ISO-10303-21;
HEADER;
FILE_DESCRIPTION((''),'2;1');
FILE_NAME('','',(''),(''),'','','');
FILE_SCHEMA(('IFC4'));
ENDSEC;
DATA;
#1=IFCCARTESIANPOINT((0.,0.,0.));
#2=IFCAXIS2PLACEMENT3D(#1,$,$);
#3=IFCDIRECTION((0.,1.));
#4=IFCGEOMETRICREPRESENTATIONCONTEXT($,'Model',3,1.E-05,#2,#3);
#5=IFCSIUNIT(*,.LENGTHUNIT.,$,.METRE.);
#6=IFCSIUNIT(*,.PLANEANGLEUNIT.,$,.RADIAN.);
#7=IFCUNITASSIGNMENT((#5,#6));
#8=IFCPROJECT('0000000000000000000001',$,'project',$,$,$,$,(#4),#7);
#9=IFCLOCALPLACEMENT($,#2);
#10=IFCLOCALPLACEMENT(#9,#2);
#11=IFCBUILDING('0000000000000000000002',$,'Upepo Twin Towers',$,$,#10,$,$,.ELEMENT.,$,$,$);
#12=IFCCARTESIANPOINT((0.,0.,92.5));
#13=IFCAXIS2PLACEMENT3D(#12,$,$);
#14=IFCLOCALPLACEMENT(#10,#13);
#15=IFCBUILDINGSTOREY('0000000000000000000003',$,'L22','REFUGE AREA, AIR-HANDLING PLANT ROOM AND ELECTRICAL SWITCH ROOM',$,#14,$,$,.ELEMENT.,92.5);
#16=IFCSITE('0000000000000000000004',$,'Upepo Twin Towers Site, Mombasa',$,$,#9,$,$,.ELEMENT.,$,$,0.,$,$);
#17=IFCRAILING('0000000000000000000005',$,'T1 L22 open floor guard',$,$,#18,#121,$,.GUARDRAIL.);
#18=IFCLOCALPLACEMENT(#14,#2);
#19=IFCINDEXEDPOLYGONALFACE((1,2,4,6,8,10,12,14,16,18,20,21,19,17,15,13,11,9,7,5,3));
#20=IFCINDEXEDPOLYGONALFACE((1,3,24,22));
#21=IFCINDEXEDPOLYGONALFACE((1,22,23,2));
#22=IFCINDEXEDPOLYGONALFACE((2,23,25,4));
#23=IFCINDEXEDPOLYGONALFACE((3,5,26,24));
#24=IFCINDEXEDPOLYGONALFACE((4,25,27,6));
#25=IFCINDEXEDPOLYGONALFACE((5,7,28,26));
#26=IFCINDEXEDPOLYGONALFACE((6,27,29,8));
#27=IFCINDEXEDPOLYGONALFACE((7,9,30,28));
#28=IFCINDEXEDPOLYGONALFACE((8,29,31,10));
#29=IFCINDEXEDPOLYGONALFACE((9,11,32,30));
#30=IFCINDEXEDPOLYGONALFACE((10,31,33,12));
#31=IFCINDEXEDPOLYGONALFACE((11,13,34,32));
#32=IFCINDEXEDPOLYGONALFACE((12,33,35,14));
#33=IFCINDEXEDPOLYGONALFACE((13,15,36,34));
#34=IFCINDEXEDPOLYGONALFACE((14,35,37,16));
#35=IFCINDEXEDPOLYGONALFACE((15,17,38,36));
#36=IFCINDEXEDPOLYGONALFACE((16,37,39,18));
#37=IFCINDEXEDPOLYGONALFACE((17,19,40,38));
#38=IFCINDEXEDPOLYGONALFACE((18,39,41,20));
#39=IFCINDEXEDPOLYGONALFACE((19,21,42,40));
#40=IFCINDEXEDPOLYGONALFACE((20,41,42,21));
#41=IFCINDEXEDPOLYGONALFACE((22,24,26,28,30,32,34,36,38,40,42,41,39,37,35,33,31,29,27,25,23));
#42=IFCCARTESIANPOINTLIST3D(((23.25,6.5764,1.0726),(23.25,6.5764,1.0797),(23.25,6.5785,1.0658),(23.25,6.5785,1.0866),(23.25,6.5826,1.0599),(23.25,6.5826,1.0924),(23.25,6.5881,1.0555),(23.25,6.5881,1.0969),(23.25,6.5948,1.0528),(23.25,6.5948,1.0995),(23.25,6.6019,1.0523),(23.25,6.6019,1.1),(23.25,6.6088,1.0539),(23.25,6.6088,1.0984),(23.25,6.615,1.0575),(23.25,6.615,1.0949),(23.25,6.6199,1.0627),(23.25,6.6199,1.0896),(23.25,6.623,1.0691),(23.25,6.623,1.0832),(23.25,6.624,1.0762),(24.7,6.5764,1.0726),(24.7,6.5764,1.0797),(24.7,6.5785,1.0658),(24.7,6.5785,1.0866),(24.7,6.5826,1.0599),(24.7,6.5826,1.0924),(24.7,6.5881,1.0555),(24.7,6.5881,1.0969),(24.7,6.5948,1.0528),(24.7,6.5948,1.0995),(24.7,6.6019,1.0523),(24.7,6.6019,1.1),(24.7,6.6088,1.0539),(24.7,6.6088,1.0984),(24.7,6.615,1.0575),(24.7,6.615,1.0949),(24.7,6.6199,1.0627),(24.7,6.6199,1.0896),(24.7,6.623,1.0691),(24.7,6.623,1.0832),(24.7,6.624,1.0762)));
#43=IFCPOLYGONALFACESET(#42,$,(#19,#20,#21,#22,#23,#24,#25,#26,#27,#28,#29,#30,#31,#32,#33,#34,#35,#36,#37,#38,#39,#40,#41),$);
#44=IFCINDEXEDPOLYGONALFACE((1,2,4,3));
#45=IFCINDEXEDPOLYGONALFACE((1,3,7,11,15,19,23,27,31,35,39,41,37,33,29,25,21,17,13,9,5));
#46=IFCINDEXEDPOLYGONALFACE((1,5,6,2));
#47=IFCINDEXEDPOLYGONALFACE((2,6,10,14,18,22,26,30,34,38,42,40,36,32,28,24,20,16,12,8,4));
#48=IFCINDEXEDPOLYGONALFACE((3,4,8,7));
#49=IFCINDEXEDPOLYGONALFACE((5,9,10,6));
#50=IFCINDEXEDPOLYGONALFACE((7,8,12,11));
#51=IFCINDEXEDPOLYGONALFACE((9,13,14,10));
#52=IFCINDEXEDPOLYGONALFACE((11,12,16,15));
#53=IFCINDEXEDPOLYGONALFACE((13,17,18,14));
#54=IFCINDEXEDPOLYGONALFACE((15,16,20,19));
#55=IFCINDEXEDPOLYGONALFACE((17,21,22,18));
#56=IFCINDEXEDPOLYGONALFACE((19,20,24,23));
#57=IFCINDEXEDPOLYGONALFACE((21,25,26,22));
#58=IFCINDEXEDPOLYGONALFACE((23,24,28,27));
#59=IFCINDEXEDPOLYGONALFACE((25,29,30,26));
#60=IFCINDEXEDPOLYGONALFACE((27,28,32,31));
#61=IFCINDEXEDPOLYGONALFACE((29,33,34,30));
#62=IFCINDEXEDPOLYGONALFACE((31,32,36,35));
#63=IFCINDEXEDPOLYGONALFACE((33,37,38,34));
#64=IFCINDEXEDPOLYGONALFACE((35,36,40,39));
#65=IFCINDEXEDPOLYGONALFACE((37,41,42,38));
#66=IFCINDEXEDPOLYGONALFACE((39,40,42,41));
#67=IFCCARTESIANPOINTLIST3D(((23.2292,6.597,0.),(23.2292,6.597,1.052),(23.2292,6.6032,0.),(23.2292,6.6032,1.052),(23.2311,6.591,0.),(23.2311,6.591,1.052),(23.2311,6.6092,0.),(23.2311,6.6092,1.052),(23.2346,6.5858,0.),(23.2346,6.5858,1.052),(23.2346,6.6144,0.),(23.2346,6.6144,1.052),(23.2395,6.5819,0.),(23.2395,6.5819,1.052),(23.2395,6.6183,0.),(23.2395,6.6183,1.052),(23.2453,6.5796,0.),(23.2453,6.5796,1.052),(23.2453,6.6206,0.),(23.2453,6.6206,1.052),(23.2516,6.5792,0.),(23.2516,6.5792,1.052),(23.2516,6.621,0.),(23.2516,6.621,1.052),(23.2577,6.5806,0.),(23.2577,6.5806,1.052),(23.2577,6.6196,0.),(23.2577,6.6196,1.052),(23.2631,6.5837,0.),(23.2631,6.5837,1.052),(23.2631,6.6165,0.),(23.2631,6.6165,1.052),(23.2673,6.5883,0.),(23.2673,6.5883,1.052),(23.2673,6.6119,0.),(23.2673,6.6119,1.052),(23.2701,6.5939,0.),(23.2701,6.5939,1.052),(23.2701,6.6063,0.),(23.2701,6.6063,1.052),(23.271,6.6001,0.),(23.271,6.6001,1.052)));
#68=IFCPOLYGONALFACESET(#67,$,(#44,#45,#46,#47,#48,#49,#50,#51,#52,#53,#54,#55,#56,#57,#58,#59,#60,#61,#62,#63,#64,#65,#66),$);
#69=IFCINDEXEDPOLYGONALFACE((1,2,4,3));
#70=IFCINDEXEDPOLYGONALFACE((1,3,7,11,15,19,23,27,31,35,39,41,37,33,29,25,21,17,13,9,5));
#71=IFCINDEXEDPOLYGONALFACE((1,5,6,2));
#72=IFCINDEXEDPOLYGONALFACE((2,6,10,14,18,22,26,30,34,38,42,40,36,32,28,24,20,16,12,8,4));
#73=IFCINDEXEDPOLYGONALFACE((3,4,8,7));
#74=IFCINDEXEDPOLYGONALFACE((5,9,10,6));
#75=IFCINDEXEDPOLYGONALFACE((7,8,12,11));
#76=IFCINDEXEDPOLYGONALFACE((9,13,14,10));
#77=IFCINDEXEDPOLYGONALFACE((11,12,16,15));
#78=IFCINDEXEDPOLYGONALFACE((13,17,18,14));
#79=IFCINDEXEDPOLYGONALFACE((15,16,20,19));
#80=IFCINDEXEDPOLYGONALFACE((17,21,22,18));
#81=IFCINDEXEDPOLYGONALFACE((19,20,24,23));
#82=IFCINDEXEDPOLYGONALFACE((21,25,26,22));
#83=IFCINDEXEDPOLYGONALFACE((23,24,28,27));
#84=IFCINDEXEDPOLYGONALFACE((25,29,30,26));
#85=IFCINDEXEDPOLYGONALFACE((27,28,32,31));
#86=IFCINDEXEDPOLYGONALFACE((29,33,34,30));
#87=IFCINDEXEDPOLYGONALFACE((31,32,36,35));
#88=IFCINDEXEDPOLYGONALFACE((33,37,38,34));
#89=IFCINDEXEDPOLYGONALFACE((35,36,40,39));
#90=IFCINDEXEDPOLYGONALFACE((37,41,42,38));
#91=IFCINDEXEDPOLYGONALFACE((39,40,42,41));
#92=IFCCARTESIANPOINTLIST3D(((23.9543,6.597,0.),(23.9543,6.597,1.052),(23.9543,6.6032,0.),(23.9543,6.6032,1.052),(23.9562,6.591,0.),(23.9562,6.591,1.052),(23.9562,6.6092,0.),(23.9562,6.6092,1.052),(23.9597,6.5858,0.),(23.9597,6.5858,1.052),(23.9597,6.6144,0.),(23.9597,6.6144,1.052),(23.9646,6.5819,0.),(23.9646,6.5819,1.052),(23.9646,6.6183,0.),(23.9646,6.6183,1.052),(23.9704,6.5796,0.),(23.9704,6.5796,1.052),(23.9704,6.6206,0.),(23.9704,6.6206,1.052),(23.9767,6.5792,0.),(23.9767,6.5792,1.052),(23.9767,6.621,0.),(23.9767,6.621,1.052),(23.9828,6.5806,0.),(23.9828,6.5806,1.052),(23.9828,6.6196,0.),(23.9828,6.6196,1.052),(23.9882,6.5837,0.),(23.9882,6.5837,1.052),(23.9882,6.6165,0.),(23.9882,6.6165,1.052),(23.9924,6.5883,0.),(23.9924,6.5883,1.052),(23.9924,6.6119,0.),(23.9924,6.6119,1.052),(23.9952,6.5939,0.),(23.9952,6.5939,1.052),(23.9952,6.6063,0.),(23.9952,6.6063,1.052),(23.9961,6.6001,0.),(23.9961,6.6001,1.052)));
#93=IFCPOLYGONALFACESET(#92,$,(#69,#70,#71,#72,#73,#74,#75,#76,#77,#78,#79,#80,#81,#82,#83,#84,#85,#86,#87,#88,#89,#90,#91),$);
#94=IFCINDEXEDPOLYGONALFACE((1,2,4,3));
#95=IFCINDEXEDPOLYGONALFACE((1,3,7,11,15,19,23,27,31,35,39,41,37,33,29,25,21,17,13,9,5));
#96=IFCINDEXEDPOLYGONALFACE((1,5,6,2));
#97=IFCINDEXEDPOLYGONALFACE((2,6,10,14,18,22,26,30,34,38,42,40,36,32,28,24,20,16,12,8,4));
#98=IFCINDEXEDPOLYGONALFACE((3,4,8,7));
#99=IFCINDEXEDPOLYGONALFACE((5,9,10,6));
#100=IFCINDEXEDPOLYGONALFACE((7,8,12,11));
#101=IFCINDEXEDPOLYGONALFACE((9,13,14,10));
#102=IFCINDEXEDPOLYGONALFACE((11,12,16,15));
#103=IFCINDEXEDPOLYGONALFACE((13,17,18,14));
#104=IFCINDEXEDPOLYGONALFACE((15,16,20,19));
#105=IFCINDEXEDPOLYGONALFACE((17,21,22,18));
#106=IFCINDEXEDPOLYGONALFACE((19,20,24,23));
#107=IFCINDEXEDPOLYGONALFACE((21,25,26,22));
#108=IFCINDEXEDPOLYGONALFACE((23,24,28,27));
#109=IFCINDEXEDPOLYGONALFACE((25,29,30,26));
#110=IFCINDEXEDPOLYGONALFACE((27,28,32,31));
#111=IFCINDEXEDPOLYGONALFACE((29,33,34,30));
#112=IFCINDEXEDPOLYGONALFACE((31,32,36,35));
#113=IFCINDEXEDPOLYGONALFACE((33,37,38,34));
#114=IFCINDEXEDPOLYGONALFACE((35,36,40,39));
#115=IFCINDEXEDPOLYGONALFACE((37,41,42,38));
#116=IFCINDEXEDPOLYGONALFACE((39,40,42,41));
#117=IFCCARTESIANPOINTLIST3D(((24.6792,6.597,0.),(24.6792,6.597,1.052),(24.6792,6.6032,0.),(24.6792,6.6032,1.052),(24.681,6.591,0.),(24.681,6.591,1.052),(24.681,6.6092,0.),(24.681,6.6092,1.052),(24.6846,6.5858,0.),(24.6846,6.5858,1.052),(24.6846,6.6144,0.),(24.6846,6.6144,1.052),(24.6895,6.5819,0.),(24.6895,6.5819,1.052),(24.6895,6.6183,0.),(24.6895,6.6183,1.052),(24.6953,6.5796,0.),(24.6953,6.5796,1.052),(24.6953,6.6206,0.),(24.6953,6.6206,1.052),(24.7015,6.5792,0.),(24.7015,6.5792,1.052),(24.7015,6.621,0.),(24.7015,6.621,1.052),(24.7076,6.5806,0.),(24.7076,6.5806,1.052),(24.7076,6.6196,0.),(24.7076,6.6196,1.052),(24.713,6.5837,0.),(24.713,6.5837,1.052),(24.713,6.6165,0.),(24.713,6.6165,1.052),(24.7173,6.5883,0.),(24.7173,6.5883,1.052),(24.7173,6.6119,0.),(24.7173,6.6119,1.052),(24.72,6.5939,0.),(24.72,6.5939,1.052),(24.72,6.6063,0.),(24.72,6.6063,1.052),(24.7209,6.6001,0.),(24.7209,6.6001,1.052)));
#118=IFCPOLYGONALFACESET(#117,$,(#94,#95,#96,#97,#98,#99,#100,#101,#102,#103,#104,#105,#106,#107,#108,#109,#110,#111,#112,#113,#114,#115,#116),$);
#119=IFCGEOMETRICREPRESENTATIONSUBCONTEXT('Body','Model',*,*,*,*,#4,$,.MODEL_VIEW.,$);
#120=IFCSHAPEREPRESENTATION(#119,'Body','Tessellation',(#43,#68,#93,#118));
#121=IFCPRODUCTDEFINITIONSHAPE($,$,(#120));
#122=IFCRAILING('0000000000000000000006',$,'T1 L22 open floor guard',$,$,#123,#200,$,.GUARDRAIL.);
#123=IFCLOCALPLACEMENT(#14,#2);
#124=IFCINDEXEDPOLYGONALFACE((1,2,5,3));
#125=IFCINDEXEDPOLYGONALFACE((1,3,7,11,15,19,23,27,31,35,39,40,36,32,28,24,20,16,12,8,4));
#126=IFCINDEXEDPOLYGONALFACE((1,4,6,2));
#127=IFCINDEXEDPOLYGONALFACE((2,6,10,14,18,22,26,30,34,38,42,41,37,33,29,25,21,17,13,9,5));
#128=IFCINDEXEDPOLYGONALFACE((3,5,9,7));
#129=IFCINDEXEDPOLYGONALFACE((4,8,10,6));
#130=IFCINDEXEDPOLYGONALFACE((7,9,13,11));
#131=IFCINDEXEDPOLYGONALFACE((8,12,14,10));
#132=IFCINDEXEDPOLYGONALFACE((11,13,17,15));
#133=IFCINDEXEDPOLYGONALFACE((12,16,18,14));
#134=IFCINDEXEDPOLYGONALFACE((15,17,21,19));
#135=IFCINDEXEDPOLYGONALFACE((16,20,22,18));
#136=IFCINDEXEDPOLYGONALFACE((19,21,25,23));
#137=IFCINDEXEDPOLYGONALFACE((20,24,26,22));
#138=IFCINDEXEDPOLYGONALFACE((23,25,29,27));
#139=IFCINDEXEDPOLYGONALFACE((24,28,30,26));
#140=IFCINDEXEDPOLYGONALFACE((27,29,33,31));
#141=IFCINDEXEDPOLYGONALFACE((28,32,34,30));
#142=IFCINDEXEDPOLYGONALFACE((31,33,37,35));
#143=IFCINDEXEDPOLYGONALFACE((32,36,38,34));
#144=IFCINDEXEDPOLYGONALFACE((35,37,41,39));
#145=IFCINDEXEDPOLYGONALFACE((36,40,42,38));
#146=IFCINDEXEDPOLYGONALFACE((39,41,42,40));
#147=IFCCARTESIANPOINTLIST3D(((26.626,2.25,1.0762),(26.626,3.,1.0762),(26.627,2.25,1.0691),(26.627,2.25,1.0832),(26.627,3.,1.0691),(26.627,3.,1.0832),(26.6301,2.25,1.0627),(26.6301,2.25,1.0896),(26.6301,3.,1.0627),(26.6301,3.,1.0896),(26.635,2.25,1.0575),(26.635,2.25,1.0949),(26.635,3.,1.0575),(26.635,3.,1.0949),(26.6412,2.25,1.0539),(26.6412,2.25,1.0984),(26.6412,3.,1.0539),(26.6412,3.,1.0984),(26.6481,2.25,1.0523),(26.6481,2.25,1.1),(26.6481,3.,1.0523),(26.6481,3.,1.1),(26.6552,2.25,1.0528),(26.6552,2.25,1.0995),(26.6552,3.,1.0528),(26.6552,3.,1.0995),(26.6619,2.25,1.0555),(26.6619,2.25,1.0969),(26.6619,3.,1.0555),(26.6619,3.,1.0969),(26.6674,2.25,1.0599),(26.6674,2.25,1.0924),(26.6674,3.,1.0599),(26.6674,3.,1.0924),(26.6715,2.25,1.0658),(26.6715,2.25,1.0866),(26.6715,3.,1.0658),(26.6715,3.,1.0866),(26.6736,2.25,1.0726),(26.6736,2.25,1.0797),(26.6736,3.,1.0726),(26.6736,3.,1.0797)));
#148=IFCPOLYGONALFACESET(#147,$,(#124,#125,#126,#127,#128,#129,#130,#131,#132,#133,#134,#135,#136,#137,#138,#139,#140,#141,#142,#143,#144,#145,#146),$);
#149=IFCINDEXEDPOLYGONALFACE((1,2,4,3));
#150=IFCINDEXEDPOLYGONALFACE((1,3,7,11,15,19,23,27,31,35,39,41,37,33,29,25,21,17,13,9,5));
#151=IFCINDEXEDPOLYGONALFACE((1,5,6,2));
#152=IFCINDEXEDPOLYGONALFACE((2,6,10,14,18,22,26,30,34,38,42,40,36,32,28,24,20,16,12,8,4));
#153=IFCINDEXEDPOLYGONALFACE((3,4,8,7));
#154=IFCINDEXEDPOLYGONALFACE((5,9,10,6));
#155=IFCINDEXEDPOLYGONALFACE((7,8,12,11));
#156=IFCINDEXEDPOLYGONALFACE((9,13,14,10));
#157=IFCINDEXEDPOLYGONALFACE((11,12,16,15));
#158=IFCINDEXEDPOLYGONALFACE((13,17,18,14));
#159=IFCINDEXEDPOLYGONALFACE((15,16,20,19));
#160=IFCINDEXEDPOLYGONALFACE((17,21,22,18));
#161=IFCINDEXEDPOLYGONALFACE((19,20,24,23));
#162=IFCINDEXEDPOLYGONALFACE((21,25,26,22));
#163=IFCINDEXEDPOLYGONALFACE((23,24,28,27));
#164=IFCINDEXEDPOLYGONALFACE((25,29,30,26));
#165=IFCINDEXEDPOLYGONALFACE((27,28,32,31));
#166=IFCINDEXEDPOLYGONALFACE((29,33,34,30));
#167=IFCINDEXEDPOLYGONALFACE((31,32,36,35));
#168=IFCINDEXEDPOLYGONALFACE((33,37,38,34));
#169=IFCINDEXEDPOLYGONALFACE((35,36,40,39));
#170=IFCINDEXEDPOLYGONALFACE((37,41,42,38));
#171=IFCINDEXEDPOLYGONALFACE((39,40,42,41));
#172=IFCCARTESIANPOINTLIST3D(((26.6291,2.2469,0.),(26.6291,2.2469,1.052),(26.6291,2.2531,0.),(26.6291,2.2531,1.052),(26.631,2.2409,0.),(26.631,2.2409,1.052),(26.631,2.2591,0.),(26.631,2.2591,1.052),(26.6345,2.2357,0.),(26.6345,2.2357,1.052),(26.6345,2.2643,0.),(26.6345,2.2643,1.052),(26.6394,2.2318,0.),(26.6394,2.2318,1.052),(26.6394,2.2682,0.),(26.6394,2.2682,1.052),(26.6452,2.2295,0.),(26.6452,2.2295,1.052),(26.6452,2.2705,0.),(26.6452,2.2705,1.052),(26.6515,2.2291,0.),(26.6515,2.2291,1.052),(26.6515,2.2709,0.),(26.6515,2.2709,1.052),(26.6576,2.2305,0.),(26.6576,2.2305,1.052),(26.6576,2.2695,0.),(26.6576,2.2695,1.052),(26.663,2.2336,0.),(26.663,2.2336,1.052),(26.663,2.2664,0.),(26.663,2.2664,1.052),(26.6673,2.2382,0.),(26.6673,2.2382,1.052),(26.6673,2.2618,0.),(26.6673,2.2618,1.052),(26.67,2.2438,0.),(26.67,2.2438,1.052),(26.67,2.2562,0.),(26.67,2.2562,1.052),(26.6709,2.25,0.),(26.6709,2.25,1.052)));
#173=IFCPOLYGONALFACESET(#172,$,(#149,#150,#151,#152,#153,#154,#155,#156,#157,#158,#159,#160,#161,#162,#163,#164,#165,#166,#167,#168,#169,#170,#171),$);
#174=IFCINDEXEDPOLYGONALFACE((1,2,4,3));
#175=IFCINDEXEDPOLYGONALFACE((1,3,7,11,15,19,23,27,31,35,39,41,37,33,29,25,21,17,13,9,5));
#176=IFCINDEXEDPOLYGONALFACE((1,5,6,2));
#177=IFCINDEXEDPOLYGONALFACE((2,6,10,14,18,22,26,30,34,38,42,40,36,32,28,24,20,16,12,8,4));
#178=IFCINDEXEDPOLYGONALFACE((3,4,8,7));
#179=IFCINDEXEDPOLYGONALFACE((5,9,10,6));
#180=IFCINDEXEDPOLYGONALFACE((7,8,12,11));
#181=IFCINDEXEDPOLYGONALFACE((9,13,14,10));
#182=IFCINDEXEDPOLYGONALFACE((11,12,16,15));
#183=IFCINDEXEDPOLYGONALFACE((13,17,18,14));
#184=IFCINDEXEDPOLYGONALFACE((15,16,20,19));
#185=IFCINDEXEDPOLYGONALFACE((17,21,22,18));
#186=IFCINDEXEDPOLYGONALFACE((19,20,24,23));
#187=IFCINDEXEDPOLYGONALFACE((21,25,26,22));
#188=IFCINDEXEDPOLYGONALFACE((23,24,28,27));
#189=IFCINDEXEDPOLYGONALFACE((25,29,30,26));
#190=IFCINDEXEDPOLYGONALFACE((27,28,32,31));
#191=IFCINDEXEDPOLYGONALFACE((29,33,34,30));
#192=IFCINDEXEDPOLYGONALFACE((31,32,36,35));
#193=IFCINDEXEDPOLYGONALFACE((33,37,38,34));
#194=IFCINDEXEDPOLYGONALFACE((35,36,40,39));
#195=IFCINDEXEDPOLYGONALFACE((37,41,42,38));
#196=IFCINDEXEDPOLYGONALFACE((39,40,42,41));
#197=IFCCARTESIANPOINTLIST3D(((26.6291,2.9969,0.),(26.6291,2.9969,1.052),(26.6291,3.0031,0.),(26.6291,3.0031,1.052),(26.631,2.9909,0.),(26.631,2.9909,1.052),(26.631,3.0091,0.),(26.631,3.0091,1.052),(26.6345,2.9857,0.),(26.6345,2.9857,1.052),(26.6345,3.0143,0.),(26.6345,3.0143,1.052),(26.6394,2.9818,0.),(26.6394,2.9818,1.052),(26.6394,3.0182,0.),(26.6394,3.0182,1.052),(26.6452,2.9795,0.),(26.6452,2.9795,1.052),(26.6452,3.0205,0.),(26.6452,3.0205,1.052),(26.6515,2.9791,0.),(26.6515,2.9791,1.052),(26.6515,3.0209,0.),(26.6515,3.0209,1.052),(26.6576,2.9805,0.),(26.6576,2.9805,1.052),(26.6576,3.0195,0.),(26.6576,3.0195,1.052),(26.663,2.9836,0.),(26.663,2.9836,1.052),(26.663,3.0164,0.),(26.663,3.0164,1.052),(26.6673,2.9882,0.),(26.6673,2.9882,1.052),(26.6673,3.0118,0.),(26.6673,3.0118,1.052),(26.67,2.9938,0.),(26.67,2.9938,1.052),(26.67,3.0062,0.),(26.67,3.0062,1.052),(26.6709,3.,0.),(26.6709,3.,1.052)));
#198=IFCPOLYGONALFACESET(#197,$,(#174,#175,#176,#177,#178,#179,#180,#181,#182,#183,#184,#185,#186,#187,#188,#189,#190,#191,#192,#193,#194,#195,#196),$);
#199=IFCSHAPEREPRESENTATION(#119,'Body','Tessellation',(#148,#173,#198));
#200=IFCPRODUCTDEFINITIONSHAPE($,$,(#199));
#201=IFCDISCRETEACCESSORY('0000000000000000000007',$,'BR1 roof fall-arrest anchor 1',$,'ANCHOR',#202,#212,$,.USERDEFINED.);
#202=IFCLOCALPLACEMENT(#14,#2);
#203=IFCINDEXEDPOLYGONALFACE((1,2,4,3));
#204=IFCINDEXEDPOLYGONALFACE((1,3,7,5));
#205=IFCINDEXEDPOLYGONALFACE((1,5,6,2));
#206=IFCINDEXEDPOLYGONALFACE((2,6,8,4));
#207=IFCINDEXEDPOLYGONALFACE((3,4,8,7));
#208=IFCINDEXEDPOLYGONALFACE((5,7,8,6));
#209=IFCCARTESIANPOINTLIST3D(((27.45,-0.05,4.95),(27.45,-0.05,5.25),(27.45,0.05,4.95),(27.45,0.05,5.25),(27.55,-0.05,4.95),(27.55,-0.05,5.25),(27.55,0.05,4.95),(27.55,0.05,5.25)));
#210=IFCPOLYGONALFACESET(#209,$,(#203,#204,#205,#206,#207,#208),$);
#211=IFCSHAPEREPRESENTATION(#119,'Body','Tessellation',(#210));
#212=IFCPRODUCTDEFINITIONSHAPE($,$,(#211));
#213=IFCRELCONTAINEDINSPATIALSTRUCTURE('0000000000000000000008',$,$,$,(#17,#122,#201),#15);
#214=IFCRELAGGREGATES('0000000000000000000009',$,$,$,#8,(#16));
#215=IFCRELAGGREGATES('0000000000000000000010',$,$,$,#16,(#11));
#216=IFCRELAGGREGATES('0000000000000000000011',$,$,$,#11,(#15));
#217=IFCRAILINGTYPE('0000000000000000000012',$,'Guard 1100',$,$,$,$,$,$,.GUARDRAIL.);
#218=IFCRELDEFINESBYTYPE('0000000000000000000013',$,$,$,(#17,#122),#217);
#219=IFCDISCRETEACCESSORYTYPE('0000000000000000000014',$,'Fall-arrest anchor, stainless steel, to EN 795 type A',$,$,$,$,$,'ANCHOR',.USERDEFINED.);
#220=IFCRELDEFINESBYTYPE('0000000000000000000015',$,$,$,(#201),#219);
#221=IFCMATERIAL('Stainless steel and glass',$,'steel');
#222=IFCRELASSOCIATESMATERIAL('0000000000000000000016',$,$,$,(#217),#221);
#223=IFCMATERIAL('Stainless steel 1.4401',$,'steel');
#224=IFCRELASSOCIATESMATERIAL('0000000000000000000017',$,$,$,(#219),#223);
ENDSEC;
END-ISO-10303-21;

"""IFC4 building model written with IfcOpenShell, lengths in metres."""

from ifc_helpers import new_model, si_unit, direction, frame, origin, origin_2d, place, context, subcontext, project, spatial, rectangle, circle, extrude, material, material_profile, profile_set, type_object, element, save


model = new_model("IFC4")

# Units and contexts
model_context = context("Model", 3, precision=1e-05, world=origin(), true_north=direction((0.0, 1.0)))
body_context = subcontext(model_context, "Body", "Model", "MODEL_VIEW")
ifc_project = project(units=[si_unit("LENGTHUNIT", "METRE"), si_unit("PLANEANGLEUNIT", "RADIAN")], contexts=[model_context])

# Site, building, storey
site_placement = place(None, origin())
site = spatial("IfcSite", under=ifc_project, at=site_placement, Name="Upepo Twin Towers Site, Mombasa", CompositionType="ELEMENT", RefElevation=0.0)
building_placement = place(site_placement, origin())
building = spatial("IfcBuilding", under=site, at=building_placement, Name="Upepo Twin Towers", CompositionType="ELEMENT")
storey_placement = place(building_placement, frame((0.0, 0.0, 92.5)))
storey = spatial("IfcBuildingStorey", under=building, at=storey_placement, Name="L22", Description="REFUGE AREA, AIR-HANDLING PLANT ROOM AND ELECTRICAL SWITCH ROOM", CompositionType="ELEMENT", Elevation=92.5)

# Railings
ifc_material_1 = material(Name="Stainless steel and glass", Category="steel")
railing_type = type_object("IfcRailingType", Name="Guard 1100", PredefinedType="GUARDRAIL", material=ifc_material_1)
railing_1_placement = place(storey_placement, frame((23.25, 6.6001, 0.0)))
element("IfcRailing", 1, at=railing_1_placement, inside=storey, type_object=railing_type, Name="T1 L22 open floor guard", PredefinedType="GUARDRAIL", context=body_context, shape_type="SweptSolid", body=[
    extrude(circle(Radius=0.0239, at=origin_2d()), frame((0.0, 0.0, 1.0762), z_axis=(1.0, 0.0, 0.0), x_axis=(0.0, 1.0, 0.0)), (0.0, 0.0, 1.0), 1.45),
    extrude(circle(Radius=0.021, at=origin_2d()), origin(), (0.0, 0.0, 1.0), 1.052),
    extrude(circle(Radius=0.021, at=origin_2d()), frame((0.7251, 0.0, 0.0)), (0.0, 0.0, 1.0), 1.052),
    extrude(circle(Radius=0.021, at=origin_2d()), frame((1.45, 0.0, 0.0)), (0.0, 0.0, 1.0), 1.052),
])
railing_2_placement = place(storey_placement, frame((26.6499, 2.25, 0.0)))
element("IfcRailing", 2, at=railing_2_placement, inside=storey, type_object=railing_type, Name="T1 L22 open floor guard", PredefinedType="GUARDRAIL", context=body_context, shape_type="SweptSolid", body=[
    extrude(circle(Radius=0.0239, at=origin_2d()), frame((0.0, 0.0, 1.0762), z_axis=(0.0, 1.0, 0.0), x_axis=(-1.0, 0.0, 0.0)), (0.0, 0.0, 1.0), 0.75),
    extrude(circle(Radius=0.021, at=origin_2d()), origin(), (0.0, 0.0, 1.0), 1.052),
    extrude(circle(Radius=0.021, at=origin_2d()), frame((0.0, 0.75, 0.0)), (0.0, 0.0, 1.0), 1.052),
])

# Discrete accessory
ifc_material_2 = material(Name="Stainless steel 1.4401", Category="steel")
ifc_material_profile_1 = material_profile(ifc_material_2, rectangle(XDim=0.1001, YDim=0.1001, at=origin_2d()), Name="ANCHOR POST 100x100")
ifc_profile_set_1 = profile_set([ifc_material_profile_1], Name="Stainless steel 1.4401")
discrete_accessory_type = type_object("IfcDiscreteAccessoryType", Name="Fall-arrest anchor, stainless steel, to EN 795 type A", ElementType="ANCHOR", PredefinedType="USERDEFINED", material=ifc_profile_set_1)
for number, where, z_axis, x_axis, name in (
    (3, (27.5, 0.0, 4.95), (0.0, 0.0, 1.0), (1.0, 0.0, 0.0), "BR1 roof fall-arrest anchor 1"),
):
    element("IfcDiscreteAccessory", number, at=place(storey_placement, frame(where, z_axis=z_axis, x_axis=x_axis)), inside=storey, type_object=discrete_accessory_type, Name=name, ObjectType="ANCHOR", PredefinedType="USERDEFINED", context=body_context, shape_type="SweptSolid", body=[
        extrude(rectangle(XDim=0.1001, YDim=0.1001, at=origin_2d()), origin(), (0.0, 0.0, 1.0), 0.3),
    ])

save(model, "model.ifc")
